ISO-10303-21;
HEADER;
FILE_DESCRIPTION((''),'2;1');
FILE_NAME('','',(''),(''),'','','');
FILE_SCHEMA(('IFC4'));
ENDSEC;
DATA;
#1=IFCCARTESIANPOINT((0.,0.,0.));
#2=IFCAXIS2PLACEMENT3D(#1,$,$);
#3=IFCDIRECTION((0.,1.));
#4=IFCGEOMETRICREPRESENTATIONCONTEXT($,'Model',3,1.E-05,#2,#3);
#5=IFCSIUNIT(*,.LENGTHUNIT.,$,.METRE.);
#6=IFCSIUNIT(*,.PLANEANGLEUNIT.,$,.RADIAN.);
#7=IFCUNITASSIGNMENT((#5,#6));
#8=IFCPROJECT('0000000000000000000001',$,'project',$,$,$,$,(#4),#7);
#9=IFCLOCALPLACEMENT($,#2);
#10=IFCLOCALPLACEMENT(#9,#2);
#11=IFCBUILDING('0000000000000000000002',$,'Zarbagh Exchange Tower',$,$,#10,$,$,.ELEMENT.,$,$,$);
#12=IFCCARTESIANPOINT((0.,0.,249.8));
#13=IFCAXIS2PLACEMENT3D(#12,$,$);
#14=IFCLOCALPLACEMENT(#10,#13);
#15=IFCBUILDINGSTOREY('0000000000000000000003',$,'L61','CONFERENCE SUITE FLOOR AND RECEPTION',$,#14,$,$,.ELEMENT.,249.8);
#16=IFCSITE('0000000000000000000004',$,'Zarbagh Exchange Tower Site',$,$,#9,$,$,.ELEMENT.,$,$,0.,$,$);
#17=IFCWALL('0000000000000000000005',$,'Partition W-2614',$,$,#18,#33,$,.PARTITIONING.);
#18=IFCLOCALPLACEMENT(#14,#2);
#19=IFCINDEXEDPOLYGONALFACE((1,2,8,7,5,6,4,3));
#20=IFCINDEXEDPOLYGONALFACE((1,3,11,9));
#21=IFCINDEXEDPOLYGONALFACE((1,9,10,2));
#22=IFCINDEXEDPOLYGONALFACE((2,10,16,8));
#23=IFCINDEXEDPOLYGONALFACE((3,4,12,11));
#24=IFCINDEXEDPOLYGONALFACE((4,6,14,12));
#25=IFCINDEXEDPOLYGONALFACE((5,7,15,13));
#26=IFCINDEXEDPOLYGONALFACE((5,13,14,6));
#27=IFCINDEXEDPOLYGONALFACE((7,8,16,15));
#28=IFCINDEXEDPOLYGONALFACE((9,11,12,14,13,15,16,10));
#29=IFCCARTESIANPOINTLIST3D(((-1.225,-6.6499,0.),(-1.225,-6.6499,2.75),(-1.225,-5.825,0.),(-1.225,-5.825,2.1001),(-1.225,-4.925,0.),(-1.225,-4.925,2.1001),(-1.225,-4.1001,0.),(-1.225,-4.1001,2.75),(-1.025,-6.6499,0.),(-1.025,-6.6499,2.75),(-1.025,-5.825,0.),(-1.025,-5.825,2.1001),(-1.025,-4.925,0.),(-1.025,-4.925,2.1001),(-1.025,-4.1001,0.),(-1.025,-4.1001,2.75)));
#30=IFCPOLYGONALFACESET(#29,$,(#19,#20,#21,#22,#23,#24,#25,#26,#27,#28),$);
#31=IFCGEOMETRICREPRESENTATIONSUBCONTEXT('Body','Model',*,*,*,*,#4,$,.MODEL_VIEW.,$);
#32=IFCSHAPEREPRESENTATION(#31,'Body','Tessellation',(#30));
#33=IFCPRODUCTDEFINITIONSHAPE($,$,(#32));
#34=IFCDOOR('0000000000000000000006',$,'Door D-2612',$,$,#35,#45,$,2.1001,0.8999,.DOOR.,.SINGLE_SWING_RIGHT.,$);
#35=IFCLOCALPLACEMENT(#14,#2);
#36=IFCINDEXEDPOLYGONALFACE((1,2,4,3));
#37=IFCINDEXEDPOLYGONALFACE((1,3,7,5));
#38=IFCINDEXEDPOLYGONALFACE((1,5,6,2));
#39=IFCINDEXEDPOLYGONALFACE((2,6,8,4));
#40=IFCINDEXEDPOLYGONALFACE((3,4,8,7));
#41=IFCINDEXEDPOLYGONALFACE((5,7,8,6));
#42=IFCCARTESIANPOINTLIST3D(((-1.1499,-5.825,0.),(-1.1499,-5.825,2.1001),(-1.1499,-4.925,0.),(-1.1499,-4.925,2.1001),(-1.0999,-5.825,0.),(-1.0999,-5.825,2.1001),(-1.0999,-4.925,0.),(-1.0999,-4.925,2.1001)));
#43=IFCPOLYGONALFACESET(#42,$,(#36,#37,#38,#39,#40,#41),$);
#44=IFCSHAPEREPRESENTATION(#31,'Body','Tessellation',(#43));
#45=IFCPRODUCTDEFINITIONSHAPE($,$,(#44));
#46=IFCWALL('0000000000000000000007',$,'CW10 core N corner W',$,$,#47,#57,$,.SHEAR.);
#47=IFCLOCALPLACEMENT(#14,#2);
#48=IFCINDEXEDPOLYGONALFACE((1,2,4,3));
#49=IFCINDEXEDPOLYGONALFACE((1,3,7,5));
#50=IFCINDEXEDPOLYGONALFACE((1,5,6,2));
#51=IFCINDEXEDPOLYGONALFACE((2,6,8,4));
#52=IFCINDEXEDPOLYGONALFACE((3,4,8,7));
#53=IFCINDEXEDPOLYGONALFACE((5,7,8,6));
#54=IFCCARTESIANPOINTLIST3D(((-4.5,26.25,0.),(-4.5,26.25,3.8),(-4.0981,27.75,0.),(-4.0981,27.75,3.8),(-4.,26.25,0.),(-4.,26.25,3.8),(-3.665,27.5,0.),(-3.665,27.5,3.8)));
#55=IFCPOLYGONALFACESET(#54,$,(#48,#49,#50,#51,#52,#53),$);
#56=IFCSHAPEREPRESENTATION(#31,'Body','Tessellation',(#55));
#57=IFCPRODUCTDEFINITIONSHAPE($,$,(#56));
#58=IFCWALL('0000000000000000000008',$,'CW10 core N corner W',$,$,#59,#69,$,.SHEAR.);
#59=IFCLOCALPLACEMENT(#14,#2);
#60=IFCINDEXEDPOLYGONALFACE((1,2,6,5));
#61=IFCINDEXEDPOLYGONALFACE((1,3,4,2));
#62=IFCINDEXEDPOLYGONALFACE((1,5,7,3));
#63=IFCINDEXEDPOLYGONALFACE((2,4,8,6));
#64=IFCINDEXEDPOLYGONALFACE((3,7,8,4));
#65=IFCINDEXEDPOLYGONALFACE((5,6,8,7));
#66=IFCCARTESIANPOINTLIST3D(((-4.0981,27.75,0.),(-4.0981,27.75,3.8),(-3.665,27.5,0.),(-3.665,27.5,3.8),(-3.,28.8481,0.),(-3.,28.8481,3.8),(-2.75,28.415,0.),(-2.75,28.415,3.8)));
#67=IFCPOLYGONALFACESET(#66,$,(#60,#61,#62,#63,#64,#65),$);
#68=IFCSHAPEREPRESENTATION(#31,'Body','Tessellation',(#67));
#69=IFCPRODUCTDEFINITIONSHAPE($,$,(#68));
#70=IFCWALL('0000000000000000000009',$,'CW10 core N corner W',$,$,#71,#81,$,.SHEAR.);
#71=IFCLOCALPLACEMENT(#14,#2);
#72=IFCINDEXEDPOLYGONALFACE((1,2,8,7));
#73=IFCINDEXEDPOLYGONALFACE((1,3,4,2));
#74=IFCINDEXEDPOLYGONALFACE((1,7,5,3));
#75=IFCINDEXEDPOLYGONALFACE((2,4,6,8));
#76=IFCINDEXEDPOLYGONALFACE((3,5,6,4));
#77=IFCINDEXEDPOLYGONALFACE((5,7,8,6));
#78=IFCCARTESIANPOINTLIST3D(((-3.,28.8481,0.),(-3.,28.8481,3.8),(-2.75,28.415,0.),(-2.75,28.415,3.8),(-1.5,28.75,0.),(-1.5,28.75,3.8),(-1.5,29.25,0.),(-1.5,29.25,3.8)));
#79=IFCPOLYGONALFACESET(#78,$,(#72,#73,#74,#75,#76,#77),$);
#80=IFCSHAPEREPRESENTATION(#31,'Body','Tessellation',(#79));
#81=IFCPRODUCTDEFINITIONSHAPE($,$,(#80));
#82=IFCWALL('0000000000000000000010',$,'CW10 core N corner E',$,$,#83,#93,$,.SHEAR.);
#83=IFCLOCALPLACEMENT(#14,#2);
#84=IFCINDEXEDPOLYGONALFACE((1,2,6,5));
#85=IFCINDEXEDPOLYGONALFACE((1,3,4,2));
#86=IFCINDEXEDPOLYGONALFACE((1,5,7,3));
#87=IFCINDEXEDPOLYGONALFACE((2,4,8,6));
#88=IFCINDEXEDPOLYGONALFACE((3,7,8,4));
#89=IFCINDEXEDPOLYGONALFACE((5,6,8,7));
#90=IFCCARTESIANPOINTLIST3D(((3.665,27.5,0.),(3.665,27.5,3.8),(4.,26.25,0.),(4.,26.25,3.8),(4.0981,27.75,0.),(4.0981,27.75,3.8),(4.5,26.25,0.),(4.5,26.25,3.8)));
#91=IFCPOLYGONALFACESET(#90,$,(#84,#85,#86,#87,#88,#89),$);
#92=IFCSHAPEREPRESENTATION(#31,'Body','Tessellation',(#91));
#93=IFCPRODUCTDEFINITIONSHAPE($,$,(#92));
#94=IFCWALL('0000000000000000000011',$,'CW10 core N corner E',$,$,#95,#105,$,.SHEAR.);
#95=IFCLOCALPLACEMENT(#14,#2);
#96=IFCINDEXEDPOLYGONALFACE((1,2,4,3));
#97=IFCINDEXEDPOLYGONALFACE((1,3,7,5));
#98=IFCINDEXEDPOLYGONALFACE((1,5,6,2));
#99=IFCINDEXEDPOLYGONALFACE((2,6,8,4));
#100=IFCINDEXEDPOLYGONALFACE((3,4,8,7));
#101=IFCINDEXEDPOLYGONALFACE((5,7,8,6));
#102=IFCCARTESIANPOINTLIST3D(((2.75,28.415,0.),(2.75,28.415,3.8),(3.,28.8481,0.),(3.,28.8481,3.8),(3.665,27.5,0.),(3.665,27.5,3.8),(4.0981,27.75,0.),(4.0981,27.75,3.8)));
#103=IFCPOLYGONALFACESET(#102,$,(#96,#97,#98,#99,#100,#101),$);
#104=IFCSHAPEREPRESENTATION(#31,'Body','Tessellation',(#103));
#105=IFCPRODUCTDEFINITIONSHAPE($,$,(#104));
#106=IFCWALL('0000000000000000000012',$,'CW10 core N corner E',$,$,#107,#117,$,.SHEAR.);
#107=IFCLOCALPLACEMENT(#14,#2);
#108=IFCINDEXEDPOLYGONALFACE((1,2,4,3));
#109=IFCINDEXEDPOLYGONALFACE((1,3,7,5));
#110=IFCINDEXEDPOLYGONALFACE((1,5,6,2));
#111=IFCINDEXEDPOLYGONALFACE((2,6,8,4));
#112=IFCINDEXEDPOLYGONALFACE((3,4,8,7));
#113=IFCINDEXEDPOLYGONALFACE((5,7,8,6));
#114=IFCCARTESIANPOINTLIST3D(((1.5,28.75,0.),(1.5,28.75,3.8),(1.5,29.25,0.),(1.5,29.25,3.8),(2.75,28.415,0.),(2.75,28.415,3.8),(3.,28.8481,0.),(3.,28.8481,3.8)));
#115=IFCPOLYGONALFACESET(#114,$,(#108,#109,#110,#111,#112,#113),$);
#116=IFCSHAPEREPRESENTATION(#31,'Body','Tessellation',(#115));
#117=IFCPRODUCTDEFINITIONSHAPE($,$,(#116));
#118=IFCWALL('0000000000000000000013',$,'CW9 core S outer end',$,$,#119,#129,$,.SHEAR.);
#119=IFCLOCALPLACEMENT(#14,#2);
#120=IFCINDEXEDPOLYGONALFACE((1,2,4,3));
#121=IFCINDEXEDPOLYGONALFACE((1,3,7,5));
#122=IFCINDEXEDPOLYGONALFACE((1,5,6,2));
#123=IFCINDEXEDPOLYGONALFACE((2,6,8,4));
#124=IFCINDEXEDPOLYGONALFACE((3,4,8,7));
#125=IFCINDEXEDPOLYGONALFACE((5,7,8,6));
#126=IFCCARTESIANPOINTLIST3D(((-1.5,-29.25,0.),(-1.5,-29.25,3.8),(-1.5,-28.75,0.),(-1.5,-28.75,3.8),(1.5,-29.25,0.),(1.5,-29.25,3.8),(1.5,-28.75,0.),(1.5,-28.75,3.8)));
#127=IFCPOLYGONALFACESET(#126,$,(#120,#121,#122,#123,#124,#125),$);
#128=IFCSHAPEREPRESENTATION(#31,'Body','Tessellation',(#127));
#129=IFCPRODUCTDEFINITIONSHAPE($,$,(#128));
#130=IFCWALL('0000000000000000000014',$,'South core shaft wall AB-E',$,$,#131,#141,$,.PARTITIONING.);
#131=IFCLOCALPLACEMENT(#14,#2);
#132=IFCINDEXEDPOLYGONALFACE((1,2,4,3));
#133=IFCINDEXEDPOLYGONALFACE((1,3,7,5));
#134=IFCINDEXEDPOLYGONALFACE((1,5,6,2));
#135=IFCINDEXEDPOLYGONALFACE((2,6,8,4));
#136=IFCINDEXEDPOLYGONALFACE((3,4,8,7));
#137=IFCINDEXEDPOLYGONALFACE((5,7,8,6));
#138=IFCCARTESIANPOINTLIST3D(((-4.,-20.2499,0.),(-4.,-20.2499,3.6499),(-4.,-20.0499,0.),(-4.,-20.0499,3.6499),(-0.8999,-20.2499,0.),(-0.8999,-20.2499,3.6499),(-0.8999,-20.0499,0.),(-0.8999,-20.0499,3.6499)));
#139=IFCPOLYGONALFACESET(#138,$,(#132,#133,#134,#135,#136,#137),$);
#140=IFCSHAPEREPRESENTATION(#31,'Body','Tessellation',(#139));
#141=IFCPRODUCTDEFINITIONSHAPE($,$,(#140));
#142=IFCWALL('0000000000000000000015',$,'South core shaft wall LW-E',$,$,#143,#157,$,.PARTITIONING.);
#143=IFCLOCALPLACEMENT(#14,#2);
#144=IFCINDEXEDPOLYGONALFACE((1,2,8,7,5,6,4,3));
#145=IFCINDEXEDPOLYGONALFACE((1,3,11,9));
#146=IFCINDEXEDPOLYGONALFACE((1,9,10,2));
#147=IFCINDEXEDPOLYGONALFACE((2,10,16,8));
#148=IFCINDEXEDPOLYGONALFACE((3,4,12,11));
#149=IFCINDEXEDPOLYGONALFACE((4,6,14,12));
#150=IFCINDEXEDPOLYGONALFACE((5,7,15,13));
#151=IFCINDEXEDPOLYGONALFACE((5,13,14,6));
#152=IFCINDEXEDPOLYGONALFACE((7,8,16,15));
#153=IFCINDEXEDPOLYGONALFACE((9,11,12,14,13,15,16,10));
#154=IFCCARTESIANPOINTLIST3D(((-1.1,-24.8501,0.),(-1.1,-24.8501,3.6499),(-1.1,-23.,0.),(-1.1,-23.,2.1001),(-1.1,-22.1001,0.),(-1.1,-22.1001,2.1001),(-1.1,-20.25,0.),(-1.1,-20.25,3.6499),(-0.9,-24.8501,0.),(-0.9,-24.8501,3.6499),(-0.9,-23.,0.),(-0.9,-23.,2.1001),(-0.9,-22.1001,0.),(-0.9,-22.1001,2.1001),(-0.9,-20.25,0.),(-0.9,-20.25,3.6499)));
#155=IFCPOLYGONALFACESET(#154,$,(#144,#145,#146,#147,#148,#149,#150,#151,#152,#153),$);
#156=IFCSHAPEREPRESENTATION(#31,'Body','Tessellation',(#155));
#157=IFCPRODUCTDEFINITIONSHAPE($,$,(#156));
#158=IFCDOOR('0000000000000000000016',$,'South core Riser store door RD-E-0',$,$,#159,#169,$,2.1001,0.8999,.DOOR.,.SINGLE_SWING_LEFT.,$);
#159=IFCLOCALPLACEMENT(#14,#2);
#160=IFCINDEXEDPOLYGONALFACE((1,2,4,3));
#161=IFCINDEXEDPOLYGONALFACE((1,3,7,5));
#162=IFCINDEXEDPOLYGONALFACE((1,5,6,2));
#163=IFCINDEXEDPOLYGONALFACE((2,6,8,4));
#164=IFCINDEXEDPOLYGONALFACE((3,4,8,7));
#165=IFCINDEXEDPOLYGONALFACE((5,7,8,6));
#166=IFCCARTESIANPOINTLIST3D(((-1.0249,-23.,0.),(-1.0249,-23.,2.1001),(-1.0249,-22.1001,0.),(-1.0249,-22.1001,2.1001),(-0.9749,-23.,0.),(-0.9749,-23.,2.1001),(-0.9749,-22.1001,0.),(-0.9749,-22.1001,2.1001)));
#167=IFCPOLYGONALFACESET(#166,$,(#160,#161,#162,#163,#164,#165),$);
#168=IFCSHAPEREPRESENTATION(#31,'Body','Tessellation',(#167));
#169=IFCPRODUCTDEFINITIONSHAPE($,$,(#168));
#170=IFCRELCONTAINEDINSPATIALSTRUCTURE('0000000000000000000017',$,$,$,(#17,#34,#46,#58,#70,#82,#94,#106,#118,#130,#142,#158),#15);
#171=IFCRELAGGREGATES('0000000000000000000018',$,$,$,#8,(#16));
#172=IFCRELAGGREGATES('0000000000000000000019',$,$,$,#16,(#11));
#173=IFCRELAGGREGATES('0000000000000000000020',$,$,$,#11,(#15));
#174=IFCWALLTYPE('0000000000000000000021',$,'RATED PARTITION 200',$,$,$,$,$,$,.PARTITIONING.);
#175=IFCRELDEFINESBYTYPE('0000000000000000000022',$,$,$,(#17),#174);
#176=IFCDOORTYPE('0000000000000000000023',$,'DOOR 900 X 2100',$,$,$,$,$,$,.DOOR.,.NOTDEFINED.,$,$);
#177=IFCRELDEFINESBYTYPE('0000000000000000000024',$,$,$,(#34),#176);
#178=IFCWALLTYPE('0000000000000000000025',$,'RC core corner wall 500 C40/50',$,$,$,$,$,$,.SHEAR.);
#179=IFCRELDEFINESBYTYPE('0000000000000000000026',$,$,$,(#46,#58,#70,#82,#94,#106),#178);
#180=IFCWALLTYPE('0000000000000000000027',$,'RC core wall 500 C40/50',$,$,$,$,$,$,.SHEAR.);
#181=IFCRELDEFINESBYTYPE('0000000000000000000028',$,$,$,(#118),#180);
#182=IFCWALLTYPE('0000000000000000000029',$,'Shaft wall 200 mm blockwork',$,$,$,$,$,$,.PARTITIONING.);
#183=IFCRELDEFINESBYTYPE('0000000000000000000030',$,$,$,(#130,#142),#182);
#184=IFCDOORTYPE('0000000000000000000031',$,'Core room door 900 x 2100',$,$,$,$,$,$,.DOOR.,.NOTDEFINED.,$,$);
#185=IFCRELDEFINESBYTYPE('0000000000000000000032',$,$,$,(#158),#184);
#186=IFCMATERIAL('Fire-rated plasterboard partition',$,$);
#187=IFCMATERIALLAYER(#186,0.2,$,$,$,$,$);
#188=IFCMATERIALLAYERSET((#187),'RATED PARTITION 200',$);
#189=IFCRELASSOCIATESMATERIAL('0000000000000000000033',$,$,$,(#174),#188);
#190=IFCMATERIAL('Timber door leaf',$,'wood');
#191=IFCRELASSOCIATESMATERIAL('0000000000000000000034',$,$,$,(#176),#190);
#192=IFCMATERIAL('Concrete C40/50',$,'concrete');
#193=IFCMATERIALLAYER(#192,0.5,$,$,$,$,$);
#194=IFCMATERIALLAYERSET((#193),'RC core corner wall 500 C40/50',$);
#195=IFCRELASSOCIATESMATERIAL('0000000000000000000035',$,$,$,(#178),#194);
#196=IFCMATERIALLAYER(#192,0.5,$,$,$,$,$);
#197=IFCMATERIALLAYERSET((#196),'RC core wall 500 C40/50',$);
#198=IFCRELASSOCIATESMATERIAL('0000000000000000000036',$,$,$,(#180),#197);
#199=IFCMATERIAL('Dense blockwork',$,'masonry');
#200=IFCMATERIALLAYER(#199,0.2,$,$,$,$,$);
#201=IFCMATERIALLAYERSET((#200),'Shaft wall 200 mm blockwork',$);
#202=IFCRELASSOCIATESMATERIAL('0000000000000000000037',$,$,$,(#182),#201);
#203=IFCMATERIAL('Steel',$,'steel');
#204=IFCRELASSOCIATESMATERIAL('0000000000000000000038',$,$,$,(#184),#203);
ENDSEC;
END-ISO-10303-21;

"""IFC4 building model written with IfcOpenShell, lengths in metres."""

from ifc_helpers import new_model, si_unit, direction, frame, frame_2d, origin, place, context, subcontext, project, spatial, polyline, rectangle, outline, extrude, material, layer, layer_set, type_object, element, fill, save


model = new_model("IFC4")

# Units and contexts
model_context = context("Model", 3, precision=1e-05, world=origin(), true_north=direction((0.0, 1.0)))
body_context = subcontext(model_context, "Body", "Model", "MODEL_VIEW")
ifc_project = project(units=[si_unit("LENGTHUNIT", "METRE"), si_unit("PLANEANGLEUNIT", "RADIAN")], contexts=[model_context])

# Site, building, storey
site_placement = place(None, origin())
site = spatial("IfcSite", under=ifc_project, at=site_placement, Name="Zarbagh Exchange Tower Site", CompositionType="ELEMENT", RefElevation=0.0)
building_placement = place(site_placement, origin())
building = spatial("IfcBuilding", under=site, at=building_placement, Name="Zarbagh Exchange Tower", CompositionType="ELEMENT")
storey_placement = place(building_placement, frame((0.0, 0.0, 249.8)))
storey = spatial("IfcBuildingStorey", under=building, at=storey_placement, Name="L61", Description="CONFERENCE SUITE FLOOR AND RECEPTION", CompositionType="ELEMENT", Elevation=249.8)

# Shared definitions
ifc_material_1 = material(Name="Concrete C40/50", Category="concrete")

# Shared definitions
ifc_material_2 = material(Name="Fire-rated plasterboard partition")
ifc_layer_1 = layer(ifc_material_2, 0.2)
ifc_layer_set_1 = layer_set([ifc_layer_1], Name="RATED PARTITION 200")
wall_type_1 = type_object("IfcWallType", Name="RATED PARTITION 200", PredefinedType="PARTITIONING", material=ifc_layer_set_1)
ifc_material_3 = material(Name="Timber door leaf", Category="wood")
door_type_1 = type_object("IfcDoorType", Name="DOOR 900 X 2100", OperationType="NOTDEFINED", PredefinedType="DOOR", material=ifc_material_3)

# Wall, opening, door
wall_1_placement = place(storey_placement, frame((-1.125, -6.6499, 0.0), z_axis=(0.0, 0.0, 1.0), x_axis=(0.0, 1.0, 0.0)))
wall_1 = element("IfcWall", 1, at=wall_1_placement, inside=storey, type_object=wall_type_1, Name="Partition W-2614", PredefinedType="PARTITIONING", context=body_context, shape_type="SweptSolid", body=[
    extrude(rectangle(XDim=2.5498, YDim=0.2, at=frame_2d((1.2749, 0.0))), origin(), (0.0, 0.0, 1.0), 2.75),
])
opening_1_placement = place(wall_1_placement, frame((0.825, 0.0, 0.0)))
opening_1 = element("IfcOpeningElement", 2, at=opening_1_placement, cuts=wall_1, PredefinedType="OPENING", context=body_context, shape_type="SweptSolid", body=[
    extrude(rectangle(XDim=0.8999, YDim=2.1001, at=frame_2d((0.45, 1.05))), frame((0.0, 0.1099, 0.0), z_axis=(0.0, -1.0, 0.0), x_axis=(1.0, 0.0, 0.0)), (0.0, 0.0, 1.0), 0.22),
])
door_1_placement = place(opening_1_placement, origin())
door_1 = element("IfcDoor", 3, at=door_1_placement, inside=storey, type_object=door_type_1, Name="Door D-2612", OperationType="SINGLE_SWING_RIGHT", OverallHeight=2.1001, OverallWidth=0.8999, PredefinedType="DOOR", context=body_context, shape_type="SweptSolid", body=[
    extrude(rectangle(XDim=0.8999, YDim=2.1001, at=frame_2d((0.45, 1.05))), frame((0.0, 0.0249, 0.0), z_axis=(0.0, -1.0, 0.0), x_axis=(1.0, 0.0, 0.0)), (0.0, 0.0, 1.0), 0.05),
])
fill(opening_1, door_1)

# Walls
ifc_layer_2 = layer(ifc_material_1, 0.5)
ifc_layer_set_2 = layer_set([ifc_layer_2], Name="RC core corner wall 500 C40/50")
wall_type_2 = type_object("IfcWallType", Name="RC core corner wall 500 C40/50", PredefinedType="SHEAR", material=ifc_layer_set_2)
wall_2_placement = place(storey_placement, origin())
element("IfcWall", 4, at=wall_2_placement, inside=storey, type_object=wall_type_2, Name="CW10 core N corner W", PredefinedType="SHEAR", context=body_context, shape_type="SweptSolid", body=[
    extrude(outline(polyline([(-4.5, 26.25), (-4.0981, 27.75), (-3.665, 27.5), (-4.0, 26.25), (-4.5, 26.25)])), origin(), (0.0, 0.0, 1.0), 3.8),
])
wall_3_placement = place(storey_placement, origin())
element("IfcWall", 5, at=wall_3_placement, inside=storey, type_object=wall_type_2, Name="CW10 core N corner W", PredefinedType="SHEAR", context=body_context, shape_type="SweptSolid", body=[
    extrude(outline(polyline([(-4.0981, 27.75), (-3.0, 28.8481), (-2.75, 28.415), (-3.665, 27.5), (-4.0981, 27.75)])), origin(), (0.0, 0.0, 1.0), 3.8),
])
wall_4_placement = place(storey_placement, origin())
element("IfcWall", 6, at=wall_4_placement, inside=storey, type_object=wall_type_2, Name="CW10 core N corner W", PredefinedType="SHEAR", context=body_context, shape_type="SweptSolid", body=[
    extrude(outline(polyline([(-3.0, 28.8481), (-1.5, 29.25), (-1.5, 28.75), (-2.75, 28.415), (-3.0, 28.8481)])), origin(), (0.0, 0.0, 1.0), 3.8),
])
wall_5_placement = place(storey_placement, origin())
element("IfcWall", 7, at=wall_5_placement, inside=storey, type_object=wall_type_2, Name="CW10 core N corner E", PredefinedType="SHEAR", context=body_context, shape_type="SweptSolid", body=[
    extrude(outline(polyline([(4.5, 26.25), (4.0981, 27.75), (3.665, 27.5), (4.0, 26.25), (4.5, 26.25)])), origin(), (0.0, 0.0, 1.0), 3.8),
])
wall_6_placement = place(storey_placement, origin())
element("IfcWall", 8, at=wall_6_placement, inside=storey, type_object=wall_type_2, Name="CW10 core N corner E", PredefinedType="SHEAR", context=body_context, shape_type="SweptSolid", body=[
    extrude(outline(polyline([(4.0981, 27.75), (3.0, 28.8481), (2.75, 28.415), (3.665, 27.5), (4.0981, 27.75)])), origin(), (0.0, 0.0, 1.0), 3.8),
])
wall_7_placement = place(storey_placement, origin())
element("IfcWall", 9, at=wall_7_placement, inside=storey, type_object=wall_type_2, Name="CW10 core N corner E", PredefinedType="SHEAR", context=body_context, shape_type="SweptSolid", body=[
    extrude(outline(polyline([(3.0, 28.8481), (1.5, 29.25), (1.5, 28.75), (2.75, 28.415), (3.0, 28.8481)])), origin(), (0.0, 0.0, 1.0), 3.8),
])
ifc_layer_3 = layer(ifc_material_1, 0.5)
ifc_layer_set_3 = layer_set([ifc_layer_3], Name="RC core wall 500 C40/50")
wall_type_3 = type_object("IfcWallType", Name="RC core wall 500 C40/50", PredefinedType="SHEAR", material=ifc_layer_set_3)
wall_8_placement = place(storey_placement, frame((-1.5, -29.0, 0.0), z_axis=(0.0, 0.0, 1.0), x_axis=(1.0, 0.0, 0.0)))
element("IfcWall", 10, at=wall_8_placement, inside=storey, type_object=wall_type_3, Name="CW9 core S outer end", PredefinedType="SHEAR", context=body_context, shape_type="SweptSolid", body=[
    extrude(rectangle(XDim=3.0, YDim=0.5, at=frame_2d((1.5, 0.0))), origin(), (0.0, 0.0, 1.0), 3.8),
])
ifc_material_4 = material(Name="Dense blockwork", Category="masonry")
ifc_layer_4 = layer(ifc_material_4, 0.2)
ifc_layer_set_4 = layer_set([ifc_layer_4], Name="Shaft wall 200 mm blockwork")
wall_type_4 = type_object("IfcWallType", Name="Shaft wall 200 mm blockwork", PredefinedType="PARTITIONING", material=ifc_layer_set_4)
wall_9_placement = place(storey_placement, frame((-0.8999, -20.1499, 0.0), z_axis=(0.0, 0.0, 1.0), x_axis=(-1.0, 0.0, 0.0)))
element("IfcWall", 11, at=wall_9_placement, inside=storey, type_object=wall_type_4, Name="South core shaft wall AB-E", PredefinedType="PARTITIONING", context=body_context, shape_type="SweptSolid", body=[
    extrude(rectangle(XDim=3.1001, YDim=0.2, at=frame_2d((1.55, 0.0))), origin(), (0.0, 0.0, 1.0), 3.6499),
])

# Wall, opening, door
wall_10_placement = place(storey_placement, frame((-1.0, -24.8501, 0.0), z_axis=(0.0, 0.0, 1.0), x_axis=(0.0, 1.0, 0.0)))
wall_10 = element("IfcWall", 12, at=wall_10_placement, inside=storey, type_object=wall_type_4, Name="South core shaft wall LW-E", PredefinedType="PARTITIONING", context=body_context, shape_type="SweptSolid", body=[
    extrude(rectangle(XDim=4.6001, YDim=0.2, at=frame_2d((2.3, 0.0))), origin(), (0.0, 0.0, 1.0), 3.6499),
])
opening_2_placement = place(wall_10_placement, frame((1.8501, 0.0, 0.0)))
opening_2 = element("IfcOpeningElement", 13, at=opening_2_placement, cuts=wall_10, PredefinedType="OPENING", context=body_context, shape_type="SweptSolid", body=[
    extrude(rectangle(XDim=0.8999, YDim=2.1001, at=frame_2d((0.45, 1.05))), frame((0.0, 0.1099, 0.0), z_axis=(0.0, -1.0, 0.0), x_axis=(1.0, 0.0, 0.0)), (0.0, 0.0, 1.0), 0.22),
])
ifc_material_5 = material(Name="Steel", Category="steel")
door_type_2 = type_object("IfcDoorType", Name="Core room door 900 x 2100", OperationType="NOTDEFINED", PredefinedType="DOOR", material=ifc_material_5)
door_2_placement = place(opening_2_placement, origin())
door_2 = element("IfcDoor", 14, at=door_2_placement, inside=storey, type_object=door_type_2, Name="South core Riser store door RD-E-0", OperationType="SINGLE_SWING_LEFT", OverallHeight=2.1001, OverallWidth=0.8999, PredefinedType="DOOR", context=body_context, shape_type="SweptSolid", body=[
    extrude(rectangle(XDim=0.8999, YDim=2.1001, at=frame_2d((0.45, 1.05))), frame((0.0, 0.0249, 0.0), z_axis=(0.0, -1.0, 0.0), x_axis=(1.0, 0.0, 0.0)), (0.0, 0.0, 1.0), 0.05),
])
fill(opening_2, door_2)

save(model, "model.ifc")
